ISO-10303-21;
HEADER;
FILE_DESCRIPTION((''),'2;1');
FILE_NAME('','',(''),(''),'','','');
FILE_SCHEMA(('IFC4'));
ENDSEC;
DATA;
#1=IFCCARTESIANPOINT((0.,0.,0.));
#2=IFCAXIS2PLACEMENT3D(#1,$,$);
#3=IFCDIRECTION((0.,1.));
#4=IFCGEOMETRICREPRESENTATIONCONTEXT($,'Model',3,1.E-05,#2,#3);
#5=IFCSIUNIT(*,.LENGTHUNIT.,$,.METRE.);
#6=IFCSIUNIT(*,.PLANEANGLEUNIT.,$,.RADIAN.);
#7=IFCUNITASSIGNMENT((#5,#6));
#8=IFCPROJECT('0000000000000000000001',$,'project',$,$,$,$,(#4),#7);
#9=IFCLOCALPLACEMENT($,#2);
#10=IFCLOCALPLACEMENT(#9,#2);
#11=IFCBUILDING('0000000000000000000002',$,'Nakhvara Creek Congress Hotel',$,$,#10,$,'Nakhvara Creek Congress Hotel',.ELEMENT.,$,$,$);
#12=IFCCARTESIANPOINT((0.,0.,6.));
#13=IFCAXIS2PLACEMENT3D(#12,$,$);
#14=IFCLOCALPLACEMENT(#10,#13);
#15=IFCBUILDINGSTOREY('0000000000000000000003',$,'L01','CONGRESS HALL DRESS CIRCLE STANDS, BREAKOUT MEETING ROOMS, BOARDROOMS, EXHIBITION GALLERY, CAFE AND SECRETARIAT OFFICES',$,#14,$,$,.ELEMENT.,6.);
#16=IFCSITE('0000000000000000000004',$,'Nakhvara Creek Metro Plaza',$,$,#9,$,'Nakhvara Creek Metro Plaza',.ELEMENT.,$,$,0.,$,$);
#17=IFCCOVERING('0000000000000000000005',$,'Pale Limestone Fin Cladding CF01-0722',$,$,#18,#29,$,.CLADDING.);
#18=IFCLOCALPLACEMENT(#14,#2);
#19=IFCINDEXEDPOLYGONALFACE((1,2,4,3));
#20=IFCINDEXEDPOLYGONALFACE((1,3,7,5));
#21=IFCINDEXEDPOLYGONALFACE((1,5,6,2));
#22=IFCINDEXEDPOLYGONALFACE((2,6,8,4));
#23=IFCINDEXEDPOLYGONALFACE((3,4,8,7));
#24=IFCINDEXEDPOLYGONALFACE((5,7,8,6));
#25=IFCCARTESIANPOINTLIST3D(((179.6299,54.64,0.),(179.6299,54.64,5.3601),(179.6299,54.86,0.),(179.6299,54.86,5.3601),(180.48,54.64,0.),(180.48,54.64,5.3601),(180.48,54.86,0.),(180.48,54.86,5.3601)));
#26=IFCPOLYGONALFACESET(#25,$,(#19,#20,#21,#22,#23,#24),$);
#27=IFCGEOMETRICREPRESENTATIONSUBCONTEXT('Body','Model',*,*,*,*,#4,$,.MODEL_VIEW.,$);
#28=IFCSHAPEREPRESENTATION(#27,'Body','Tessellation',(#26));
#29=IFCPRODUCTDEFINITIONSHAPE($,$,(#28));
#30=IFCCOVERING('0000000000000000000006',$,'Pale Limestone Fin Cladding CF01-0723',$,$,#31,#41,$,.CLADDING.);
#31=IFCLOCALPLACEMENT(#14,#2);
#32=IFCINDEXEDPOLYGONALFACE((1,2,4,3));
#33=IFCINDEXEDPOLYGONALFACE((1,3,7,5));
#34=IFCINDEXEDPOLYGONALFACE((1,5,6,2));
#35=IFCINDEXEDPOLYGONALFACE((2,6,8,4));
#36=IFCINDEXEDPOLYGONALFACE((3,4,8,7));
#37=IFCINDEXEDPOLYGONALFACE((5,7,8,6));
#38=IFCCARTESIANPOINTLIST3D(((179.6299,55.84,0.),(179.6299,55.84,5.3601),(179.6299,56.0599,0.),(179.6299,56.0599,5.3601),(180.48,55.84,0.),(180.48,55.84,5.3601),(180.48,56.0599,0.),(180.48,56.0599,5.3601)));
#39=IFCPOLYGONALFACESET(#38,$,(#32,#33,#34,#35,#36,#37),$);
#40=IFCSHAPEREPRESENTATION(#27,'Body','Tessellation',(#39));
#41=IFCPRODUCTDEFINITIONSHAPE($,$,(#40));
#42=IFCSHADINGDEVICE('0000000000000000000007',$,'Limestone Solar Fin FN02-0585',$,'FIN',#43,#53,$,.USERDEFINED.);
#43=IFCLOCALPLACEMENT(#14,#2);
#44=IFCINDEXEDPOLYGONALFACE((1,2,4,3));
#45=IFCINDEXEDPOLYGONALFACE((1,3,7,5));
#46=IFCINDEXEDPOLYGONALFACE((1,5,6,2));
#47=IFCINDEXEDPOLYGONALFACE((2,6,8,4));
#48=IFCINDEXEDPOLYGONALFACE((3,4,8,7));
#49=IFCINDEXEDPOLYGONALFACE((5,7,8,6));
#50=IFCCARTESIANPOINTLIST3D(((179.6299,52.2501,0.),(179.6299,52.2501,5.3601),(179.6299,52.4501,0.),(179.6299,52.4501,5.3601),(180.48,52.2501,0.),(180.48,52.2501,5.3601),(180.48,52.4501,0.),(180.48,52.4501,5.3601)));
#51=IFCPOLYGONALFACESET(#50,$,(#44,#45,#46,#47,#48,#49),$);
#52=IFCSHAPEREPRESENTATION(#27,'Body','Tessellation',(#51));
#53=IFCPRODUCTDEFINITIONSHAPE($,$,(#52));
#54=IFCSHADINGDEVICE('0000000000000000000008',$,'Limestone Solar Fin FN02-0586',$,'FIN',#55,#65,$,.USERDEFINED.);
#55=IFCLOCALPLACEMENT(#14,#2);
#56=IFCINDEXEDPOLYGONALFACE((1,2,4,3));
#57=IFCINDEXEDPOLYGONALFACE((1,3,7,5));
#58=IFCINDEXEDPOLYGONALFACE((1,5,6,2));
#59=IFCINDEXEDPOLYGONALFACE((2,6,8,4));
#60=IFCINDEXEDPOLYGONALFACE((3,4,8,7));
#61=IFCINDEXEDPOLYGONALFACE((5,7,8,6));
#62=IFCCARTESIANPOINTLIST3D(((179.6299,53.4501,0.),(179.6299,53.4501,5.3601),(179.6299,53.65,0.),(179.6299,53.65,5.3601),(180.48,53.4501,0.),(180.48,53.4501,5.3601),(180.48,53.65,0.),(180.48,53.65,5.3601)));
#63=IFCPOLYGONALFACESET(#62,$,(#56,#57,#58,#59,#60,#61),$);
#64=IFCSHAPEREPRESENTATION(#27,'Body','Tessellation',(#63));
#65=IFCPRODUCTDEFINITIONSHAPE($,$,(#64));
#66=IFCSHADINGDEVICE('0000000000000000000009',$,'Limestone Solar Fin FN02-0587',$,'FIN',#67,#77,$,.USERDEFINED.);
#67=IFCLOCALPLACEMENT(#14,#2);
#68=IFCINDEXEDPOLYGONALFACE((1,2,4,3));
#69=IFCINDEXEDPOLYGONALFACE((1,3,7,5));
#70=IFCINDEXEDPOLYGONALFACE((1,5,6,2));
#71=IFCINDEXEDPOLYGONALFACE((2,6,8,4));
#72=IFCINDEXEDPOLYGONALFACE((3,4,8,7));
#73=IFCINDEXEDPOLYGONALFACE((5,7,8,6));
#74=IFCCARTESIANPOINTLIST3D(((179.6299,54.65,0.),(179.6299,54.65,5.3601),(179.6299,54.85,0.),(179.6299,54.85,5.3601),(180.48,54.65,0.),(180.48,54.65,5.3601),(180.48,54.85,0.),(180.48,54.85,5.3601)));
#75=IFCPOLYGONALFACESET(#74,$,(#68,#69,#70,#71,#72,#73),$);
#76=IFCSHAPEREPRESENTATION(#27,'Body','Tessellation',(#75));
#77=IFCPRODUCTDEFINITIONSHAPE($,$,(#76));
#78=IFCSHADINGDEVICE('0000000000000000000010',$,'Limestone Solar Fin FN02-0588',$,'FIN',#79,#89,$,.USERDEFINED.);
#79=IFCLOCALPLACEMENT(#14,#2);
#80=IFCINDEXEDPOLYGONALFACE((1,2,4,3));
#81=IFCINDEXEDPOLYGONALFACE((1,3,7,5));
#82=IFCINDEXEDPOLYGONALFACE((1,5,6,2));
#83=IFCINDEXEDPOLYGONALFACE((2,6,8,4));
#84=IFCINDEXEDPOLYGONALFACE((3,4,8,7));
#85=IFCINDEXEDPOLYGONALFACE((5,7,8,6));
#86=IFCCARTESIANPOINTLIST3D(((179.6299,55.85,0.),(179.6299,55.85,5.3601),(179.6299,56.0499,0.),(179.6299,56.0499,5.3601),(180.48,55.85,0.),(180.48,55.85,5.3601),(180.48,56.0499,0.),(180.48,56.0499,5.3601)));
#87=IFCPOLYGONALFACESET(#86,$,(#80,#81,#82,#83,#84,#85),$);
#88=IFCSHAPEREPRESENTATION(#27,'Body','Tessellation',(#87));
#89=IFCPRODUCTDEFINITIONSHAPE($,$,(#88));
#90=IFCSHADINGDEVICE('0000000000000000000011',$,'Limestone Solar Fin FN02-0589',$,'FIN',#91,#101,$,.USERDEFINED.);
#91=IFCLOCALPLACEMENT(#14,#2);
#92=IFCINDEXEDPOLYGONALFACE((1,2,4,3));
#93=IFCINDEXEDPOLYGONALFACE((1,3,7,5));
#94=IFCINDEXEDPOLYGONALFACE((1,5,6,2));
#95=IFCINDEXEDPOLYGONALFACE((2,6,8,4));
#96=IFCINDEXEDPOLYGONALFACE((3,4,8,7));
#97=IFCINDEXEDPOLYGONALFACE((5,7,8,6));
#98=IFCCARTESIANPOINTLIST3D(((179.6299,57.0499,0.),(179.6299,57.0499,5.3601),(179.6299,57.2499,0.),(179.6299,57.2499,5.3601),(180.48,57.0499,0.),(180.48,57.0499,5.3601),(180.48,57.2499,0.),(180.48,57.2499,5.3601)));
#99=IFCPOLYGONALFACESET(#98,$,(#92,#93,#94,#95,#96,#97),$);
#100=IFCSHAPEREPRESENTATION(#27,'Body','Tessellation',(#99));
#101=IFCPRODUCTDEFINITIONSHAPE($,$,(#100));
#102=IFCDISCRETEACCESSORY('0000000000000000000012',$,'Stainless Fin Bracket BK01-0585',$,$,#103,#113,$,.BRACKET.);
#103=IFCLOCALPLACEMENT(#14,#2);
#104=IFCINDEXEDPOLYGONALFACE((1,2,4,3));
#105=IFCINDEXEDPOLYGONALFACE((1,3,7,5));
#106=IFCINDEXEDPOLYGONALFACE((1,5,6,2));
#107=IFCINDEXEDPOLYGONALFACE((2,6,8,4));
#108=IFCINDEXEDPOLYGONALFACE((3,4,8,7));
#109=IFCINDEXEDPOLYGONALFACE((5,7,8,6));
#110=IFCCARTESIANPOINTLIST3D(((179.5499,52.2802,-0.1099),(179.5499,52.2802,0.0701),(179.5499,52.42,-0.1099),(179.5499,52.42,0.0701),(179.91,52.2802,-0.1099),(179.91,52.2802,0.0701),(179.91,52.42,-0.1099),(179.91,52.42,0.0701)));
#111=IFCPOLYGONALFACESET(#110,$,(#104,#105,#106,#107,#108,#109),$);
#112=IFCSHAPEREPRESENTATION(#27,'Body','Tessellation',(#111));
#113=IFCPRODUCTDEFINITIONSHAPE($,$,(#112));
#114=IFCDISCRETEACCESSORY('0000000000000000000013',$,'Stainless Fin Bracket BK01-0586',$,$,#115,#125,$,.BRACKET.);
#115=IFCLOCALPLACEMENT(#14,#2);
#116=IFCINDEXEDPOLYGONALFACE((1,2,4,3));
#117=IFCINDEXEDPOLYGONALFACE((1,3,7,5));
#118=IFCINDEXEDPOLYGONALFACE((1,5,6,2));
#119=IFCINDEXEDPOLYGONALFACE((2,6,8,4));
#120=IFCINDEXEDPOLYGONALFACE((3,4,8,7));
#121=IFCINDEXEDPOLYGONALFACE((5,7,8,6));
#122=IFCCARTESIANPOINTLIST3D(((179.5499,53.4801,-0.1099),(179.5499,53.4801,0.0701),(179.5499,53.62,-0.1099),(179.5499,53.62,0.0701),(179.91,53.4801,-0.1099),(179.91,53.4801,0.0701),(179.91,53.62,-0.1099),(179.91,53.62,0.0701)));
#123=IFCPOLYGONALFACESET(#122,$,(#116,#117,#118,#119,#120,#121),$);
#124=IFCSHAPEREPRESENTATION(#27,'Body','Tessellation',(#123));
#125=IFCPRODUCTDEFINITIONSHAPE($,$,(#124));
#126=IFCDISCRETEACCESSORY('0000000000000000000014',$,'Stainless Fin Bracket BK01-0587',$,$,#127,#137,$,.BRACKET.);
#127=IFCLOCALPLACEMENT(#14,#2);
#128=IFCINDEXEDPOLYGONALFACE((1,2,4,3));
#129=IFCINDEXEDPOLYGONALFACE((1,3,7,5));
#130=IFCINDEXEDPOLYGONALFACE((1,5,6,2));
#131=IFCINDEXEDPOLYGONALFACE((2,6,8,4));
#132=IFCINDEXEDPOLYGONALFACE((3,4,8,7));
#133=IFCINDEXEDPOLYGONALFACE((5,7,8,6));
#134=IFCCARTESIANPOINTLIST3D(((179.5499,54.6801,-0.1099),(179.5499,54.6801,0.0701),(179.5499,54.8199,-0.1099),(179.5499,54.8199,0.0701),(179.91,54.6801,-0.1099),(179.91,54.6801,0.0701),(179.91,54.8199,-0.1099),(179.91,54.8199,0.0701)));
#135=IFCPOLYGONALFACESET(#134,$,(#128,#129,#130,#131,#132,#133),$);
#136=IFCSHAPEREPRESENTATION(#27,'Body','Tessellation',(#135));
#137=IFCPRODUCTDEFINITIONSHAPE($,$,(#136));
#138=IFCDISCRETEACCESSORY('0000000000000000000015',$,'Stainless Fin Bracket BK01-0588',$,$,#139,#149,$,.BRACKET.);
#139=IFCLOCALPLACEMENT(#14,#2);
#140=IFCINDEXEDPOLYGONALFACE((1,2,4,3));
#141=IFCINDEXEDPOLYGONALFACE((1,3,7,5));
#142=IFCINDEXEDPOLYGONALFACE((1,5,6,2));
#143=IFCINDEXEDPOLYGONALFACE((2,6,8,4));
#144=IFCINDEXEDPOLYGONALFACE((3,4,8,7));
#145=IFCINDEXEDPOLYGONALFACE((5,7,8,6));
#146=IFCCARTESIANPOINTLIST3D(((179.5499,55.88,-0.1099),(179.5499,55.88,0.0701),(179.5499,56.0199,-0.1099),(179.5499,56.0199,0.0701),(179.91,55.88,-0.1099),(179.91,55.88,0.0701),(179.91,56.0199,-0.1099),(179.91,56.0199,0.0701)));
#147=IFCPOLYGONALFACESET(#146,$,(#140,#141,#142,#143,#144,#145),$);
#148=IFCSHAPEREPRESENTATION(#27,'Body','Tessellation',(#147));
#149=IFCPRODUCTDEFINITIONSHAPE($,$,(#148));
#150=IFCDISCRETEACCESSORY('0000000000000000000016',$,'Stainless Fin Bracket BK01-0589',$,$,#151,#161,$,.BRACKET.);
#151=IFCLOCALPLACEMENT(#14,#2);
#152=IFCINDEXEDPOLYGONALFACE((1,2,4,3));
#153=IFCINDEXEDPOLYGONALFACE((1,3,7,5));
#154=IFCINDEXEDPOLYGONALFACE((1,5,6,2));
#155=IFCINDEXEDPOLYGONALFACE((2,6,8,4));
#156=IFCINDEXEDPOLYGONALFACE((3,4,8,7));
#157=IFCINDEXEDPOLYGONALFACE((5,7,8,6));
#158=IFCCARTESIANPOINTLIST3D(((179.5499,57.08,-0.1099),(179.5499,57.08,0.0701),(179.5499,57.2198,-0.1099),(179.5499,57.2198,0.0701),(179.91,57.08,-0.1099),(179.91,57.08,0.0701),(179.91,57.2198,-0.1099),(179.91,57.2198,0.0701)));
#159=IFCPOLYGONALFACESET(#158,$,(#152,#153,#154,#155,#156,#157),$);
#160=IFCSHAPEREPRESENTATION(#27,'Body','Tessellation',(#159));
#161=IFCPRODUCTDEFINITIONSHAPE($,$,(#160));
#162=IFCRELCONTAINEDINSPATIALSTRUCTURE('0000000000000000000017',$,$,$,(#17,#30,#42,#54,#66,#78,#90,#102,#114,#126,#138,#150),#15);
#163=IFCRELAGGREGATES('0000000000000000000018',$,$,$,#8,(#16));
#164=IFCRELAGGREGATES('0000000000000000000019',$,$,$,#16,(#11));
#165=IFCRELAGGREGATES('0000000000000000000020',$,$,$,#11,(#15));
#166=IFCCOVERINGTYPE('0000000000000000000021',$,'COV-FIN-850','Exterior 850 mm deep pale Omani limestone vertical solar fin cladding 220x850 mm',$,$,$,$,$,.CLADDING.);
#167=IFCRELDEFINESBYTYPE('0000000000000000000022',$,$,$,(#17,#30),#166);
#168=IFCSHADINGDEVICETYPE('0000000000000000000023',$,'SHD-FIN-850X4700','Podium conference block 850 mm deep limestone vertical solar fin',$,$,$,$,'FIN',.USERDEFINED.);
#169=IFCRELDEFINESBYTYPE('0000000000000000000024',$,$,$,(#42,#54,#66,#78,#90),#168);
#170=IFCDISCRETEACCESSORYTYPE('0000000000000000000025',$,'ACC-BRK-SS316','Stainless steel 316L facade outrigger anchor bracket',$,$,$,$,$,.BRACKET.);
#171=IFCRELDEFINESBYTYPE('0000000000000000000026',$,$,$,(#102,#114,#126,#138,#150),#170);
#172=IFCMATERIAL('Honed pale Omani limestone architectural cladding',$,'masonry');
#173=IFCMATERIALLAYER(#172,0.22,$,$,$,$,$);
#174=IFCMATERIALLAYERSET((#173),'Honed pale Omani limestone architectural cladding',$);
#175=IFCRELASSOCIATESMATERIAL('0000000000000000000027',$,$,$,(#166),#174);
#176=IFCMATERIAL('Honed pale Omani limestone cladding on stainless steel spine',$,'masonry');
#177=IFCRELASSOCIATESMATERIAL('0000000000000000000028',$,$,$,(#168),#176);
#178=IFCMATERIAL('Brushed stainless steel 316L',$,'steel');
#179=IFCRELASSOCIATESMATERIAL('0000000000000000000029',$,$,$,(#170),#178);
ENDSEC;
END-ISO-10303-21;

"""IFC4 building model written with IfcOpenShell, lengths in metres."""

from ifc_helpers import new_model, si_unit, direction, frame, origin, origin_2d, place, context, subcontext, project, spatial, rectangle, extrude, material, layer, layer_set, type_object, element, save


model = new_model("IFC4")

# Units and contexts
model_context = context("Model", 3, precision=1e-05, world=origin(), true_north=direction((0.0, 1.0)))
body_context = subcontext(model_context, "Body", "Model", "MODEL_VIEW")
ifc_project = project(units=[si_unit("LENGTHUNIT", "METRE"), si_unit("PLANEANGLEUNIT", "RADIAN")], contexts=[model_context])

# Site, building, storey
site_placement = place(None, origin())
site = spatial("IfcSite", under=ifc_project, at=site_placement, Name="Nakhvara Creek Metro Plaza", LongName="Nakhvara Creek Metro Plaza", CompositionType="ELEMENT", RefElevation=0.0)
building_placement = place(site_placement, origin())
building = spatial("IfcBuilding", under=site, at=building_placement, Name="Nakhvara Creek Congress Hotel", LongName="Nakhvara Creek Congress Hotel", CompositionType="ELEMENT")
storey_placement = place(building_placement, frame((0.0, 0.0, 6.0)))
storey = spatial("IfcBuildingStorey", under=building, at=storey_placement, Name="L01", Description="CONGRESS HALL DRESS CIRCLE STANDS, BREAKOUT MEETING ROOMS, BOARDROOMS, EXHIBITION GALLERY, CAFE AND SECRETARIAT OFFICES", CompositionType="ELEMENT", Elevation=6.0)

# Coverings
ifc_material_1 = material(Name="Honed pale Omani limestone architectural cladding", Category="masonry")
ifc_layer_1 = layer(ifc_material_1, 0.22)
ifc_layer_set_1 = layer_set([ifc_layer_1], Name="Honed pale Omani limestone architectural cladding")
covering_type = type_object("IfcCoveringType", Name="COV-FIN-850", Description="Exterior 850 mm deep pale Omani limestone vertical solar fin cladding 220x850 mm", PredefinedType="CLADDING", material=ifc_layer_set_1)
for number, where, z_axis, x_axis, name in (
    (1, (180.0549, 54.75, 0.0), (0.0, 0.0, 1.0), (0.0, 1.0, 0.0), "Pale Limestone Fin Cladding CF01-0722"),
    (2, (180.0549, 55.95, 0.0), (0.0, 0.0, 1.0), (0.0, 1.0, 0.0), "Pale Limestone Fin Cladding CF01-0723"),
):
    element("IfcCovering", number, at=place(storey_placement, frame(where, z_axis=z_axis, x_axis=x_axis)), inside=storey, type_object=covering_type, Name=name, PredefinedType="CLADDING", context=body_context, shape_type="SweptSolid", body=[
        extrude(rectangle(XDim=0.22, YDim=0.8501, at=origin_2d()), origin(), (0.0, 0.0, 1.0), 5.3601),
    ])

# Shading devices
ifc_material_2 = material(Name="Honed pale Omani limestone cladding on stainless steel spine", Category="masonry")
shading_device_type = type_object("IfcShadingDeviceType", Name="SHD-FIN-850X4700", Description="Podium conference block 850 mm deep limestone vertical solar fin", ElementType="FIN", PredefinedType="USERDEFINED", material=ifc_material_2)
for number, where, z_axis, x_axis, name in (
    (3, (180.0549, 52.3501, 0.0), (0.0, 0.0, 1.0), (0.0, 1.0, 0.0), "Limestone Solar Fin FN02-0585"),
    (4, (180.0549, 53.55, 0.0), (0.0, 0.0, 1.0), (0.0, 1.0, 0.0), "Limestone Solar Fin FN02-0586"),
    (5, (180.0549, 54.75, 0.0), (0.0, 0.0, 1.0), (0.0, 1.0, 0.0), "Limestone Solar Fin FN02-0587"),
    (6, (180.0549, 55.95, 0.0), (0.0, 0.0, 1.0), (0.0, 1.0, 0.0), "Limestone Solar Fin FN02-0588"),
    (7, (180.0549, 57.1499, 0.0), (0.0, 0.0, 1.0), (0.0, 1.0, 0.0), "Limestone Solar Fin FN02-0589"),
):
    element("IfcShadingDevice", number, at=place(storey_placement, frame(where, z_axis=z_axis, x_axis=x_axis)), inside=storey, type_object=shading_device_type, Name=name, ObjectType="FIN", PredefinedType="USERDEFINED", context=body_context, shape_type="SweptSolid", body=[
        extrude(rectangle(XDim=0.2, YDim=0.8501, at=origin_2d()), origin(), (0.0, 0.0, 1.0), 5.3601),
    ])

# Discrete accessories
ifc_material_3 = material(Name="Brushed stainless steel 316L", Category="steel")
discrete_accessory_type = type_object("IfcDiscreteAccessoryType", Name="ACC-BRK-SS316", Description="Stainless steel 316L facade outrigger anchor bracket", PredefinedType="BRACKET", material=ifc_material_3)
for number, where, z_axis, x_axis, name in (
    (8, (179.73, 52.3501, -0.1099), (0.0, 0.0, 1.0), (0.0, 1.0, 0.0), "Stainless Fin Bracket BK01-0585"),
    (9, (179.73, 53.55, -0.1099), (0.0, 0.0, 1.0), (0.0, 1.0, 0.0), "Stainless Fin Bracket BK01-0586"),
    (10, (179.73, 54.75, -0.1099), (0.0, 0.0, 1.0), (0.0, 1.0, 0.0), "Stainless Fin Bracket BK01-0587"),
    (11, (179.73, 55.95, -0.1099), (0.0, 0.0, 1.0), (0.0, 1.0, 0.0), "Stainless Fin Bracket BK01-0588"),
    (12, (179.73, 57.1499, -0.1099), (0.0, 0.0, 1.0), (0.0, 1.0, 0.0), "Stainless Fin Bracket BK01-0589"),
):
    element("IfcDiscreteAccessory", number, at=place(storey_placement, frame(where, z_axis=z_axis, x_axis=x_axis)), inside=storey, type_object=discrete_accessory_type, Name=name, PredefinedType="BRACKET", context=body_context, shape_type="SweptSolid", body=[
        extrude(rectangle(XDim=0.1399, YDim=0.3601, at=origin_2d()), origin(), (0.0, 0.0, 1.0), 0.1799),
    ])

save(model, "model.ifc")
